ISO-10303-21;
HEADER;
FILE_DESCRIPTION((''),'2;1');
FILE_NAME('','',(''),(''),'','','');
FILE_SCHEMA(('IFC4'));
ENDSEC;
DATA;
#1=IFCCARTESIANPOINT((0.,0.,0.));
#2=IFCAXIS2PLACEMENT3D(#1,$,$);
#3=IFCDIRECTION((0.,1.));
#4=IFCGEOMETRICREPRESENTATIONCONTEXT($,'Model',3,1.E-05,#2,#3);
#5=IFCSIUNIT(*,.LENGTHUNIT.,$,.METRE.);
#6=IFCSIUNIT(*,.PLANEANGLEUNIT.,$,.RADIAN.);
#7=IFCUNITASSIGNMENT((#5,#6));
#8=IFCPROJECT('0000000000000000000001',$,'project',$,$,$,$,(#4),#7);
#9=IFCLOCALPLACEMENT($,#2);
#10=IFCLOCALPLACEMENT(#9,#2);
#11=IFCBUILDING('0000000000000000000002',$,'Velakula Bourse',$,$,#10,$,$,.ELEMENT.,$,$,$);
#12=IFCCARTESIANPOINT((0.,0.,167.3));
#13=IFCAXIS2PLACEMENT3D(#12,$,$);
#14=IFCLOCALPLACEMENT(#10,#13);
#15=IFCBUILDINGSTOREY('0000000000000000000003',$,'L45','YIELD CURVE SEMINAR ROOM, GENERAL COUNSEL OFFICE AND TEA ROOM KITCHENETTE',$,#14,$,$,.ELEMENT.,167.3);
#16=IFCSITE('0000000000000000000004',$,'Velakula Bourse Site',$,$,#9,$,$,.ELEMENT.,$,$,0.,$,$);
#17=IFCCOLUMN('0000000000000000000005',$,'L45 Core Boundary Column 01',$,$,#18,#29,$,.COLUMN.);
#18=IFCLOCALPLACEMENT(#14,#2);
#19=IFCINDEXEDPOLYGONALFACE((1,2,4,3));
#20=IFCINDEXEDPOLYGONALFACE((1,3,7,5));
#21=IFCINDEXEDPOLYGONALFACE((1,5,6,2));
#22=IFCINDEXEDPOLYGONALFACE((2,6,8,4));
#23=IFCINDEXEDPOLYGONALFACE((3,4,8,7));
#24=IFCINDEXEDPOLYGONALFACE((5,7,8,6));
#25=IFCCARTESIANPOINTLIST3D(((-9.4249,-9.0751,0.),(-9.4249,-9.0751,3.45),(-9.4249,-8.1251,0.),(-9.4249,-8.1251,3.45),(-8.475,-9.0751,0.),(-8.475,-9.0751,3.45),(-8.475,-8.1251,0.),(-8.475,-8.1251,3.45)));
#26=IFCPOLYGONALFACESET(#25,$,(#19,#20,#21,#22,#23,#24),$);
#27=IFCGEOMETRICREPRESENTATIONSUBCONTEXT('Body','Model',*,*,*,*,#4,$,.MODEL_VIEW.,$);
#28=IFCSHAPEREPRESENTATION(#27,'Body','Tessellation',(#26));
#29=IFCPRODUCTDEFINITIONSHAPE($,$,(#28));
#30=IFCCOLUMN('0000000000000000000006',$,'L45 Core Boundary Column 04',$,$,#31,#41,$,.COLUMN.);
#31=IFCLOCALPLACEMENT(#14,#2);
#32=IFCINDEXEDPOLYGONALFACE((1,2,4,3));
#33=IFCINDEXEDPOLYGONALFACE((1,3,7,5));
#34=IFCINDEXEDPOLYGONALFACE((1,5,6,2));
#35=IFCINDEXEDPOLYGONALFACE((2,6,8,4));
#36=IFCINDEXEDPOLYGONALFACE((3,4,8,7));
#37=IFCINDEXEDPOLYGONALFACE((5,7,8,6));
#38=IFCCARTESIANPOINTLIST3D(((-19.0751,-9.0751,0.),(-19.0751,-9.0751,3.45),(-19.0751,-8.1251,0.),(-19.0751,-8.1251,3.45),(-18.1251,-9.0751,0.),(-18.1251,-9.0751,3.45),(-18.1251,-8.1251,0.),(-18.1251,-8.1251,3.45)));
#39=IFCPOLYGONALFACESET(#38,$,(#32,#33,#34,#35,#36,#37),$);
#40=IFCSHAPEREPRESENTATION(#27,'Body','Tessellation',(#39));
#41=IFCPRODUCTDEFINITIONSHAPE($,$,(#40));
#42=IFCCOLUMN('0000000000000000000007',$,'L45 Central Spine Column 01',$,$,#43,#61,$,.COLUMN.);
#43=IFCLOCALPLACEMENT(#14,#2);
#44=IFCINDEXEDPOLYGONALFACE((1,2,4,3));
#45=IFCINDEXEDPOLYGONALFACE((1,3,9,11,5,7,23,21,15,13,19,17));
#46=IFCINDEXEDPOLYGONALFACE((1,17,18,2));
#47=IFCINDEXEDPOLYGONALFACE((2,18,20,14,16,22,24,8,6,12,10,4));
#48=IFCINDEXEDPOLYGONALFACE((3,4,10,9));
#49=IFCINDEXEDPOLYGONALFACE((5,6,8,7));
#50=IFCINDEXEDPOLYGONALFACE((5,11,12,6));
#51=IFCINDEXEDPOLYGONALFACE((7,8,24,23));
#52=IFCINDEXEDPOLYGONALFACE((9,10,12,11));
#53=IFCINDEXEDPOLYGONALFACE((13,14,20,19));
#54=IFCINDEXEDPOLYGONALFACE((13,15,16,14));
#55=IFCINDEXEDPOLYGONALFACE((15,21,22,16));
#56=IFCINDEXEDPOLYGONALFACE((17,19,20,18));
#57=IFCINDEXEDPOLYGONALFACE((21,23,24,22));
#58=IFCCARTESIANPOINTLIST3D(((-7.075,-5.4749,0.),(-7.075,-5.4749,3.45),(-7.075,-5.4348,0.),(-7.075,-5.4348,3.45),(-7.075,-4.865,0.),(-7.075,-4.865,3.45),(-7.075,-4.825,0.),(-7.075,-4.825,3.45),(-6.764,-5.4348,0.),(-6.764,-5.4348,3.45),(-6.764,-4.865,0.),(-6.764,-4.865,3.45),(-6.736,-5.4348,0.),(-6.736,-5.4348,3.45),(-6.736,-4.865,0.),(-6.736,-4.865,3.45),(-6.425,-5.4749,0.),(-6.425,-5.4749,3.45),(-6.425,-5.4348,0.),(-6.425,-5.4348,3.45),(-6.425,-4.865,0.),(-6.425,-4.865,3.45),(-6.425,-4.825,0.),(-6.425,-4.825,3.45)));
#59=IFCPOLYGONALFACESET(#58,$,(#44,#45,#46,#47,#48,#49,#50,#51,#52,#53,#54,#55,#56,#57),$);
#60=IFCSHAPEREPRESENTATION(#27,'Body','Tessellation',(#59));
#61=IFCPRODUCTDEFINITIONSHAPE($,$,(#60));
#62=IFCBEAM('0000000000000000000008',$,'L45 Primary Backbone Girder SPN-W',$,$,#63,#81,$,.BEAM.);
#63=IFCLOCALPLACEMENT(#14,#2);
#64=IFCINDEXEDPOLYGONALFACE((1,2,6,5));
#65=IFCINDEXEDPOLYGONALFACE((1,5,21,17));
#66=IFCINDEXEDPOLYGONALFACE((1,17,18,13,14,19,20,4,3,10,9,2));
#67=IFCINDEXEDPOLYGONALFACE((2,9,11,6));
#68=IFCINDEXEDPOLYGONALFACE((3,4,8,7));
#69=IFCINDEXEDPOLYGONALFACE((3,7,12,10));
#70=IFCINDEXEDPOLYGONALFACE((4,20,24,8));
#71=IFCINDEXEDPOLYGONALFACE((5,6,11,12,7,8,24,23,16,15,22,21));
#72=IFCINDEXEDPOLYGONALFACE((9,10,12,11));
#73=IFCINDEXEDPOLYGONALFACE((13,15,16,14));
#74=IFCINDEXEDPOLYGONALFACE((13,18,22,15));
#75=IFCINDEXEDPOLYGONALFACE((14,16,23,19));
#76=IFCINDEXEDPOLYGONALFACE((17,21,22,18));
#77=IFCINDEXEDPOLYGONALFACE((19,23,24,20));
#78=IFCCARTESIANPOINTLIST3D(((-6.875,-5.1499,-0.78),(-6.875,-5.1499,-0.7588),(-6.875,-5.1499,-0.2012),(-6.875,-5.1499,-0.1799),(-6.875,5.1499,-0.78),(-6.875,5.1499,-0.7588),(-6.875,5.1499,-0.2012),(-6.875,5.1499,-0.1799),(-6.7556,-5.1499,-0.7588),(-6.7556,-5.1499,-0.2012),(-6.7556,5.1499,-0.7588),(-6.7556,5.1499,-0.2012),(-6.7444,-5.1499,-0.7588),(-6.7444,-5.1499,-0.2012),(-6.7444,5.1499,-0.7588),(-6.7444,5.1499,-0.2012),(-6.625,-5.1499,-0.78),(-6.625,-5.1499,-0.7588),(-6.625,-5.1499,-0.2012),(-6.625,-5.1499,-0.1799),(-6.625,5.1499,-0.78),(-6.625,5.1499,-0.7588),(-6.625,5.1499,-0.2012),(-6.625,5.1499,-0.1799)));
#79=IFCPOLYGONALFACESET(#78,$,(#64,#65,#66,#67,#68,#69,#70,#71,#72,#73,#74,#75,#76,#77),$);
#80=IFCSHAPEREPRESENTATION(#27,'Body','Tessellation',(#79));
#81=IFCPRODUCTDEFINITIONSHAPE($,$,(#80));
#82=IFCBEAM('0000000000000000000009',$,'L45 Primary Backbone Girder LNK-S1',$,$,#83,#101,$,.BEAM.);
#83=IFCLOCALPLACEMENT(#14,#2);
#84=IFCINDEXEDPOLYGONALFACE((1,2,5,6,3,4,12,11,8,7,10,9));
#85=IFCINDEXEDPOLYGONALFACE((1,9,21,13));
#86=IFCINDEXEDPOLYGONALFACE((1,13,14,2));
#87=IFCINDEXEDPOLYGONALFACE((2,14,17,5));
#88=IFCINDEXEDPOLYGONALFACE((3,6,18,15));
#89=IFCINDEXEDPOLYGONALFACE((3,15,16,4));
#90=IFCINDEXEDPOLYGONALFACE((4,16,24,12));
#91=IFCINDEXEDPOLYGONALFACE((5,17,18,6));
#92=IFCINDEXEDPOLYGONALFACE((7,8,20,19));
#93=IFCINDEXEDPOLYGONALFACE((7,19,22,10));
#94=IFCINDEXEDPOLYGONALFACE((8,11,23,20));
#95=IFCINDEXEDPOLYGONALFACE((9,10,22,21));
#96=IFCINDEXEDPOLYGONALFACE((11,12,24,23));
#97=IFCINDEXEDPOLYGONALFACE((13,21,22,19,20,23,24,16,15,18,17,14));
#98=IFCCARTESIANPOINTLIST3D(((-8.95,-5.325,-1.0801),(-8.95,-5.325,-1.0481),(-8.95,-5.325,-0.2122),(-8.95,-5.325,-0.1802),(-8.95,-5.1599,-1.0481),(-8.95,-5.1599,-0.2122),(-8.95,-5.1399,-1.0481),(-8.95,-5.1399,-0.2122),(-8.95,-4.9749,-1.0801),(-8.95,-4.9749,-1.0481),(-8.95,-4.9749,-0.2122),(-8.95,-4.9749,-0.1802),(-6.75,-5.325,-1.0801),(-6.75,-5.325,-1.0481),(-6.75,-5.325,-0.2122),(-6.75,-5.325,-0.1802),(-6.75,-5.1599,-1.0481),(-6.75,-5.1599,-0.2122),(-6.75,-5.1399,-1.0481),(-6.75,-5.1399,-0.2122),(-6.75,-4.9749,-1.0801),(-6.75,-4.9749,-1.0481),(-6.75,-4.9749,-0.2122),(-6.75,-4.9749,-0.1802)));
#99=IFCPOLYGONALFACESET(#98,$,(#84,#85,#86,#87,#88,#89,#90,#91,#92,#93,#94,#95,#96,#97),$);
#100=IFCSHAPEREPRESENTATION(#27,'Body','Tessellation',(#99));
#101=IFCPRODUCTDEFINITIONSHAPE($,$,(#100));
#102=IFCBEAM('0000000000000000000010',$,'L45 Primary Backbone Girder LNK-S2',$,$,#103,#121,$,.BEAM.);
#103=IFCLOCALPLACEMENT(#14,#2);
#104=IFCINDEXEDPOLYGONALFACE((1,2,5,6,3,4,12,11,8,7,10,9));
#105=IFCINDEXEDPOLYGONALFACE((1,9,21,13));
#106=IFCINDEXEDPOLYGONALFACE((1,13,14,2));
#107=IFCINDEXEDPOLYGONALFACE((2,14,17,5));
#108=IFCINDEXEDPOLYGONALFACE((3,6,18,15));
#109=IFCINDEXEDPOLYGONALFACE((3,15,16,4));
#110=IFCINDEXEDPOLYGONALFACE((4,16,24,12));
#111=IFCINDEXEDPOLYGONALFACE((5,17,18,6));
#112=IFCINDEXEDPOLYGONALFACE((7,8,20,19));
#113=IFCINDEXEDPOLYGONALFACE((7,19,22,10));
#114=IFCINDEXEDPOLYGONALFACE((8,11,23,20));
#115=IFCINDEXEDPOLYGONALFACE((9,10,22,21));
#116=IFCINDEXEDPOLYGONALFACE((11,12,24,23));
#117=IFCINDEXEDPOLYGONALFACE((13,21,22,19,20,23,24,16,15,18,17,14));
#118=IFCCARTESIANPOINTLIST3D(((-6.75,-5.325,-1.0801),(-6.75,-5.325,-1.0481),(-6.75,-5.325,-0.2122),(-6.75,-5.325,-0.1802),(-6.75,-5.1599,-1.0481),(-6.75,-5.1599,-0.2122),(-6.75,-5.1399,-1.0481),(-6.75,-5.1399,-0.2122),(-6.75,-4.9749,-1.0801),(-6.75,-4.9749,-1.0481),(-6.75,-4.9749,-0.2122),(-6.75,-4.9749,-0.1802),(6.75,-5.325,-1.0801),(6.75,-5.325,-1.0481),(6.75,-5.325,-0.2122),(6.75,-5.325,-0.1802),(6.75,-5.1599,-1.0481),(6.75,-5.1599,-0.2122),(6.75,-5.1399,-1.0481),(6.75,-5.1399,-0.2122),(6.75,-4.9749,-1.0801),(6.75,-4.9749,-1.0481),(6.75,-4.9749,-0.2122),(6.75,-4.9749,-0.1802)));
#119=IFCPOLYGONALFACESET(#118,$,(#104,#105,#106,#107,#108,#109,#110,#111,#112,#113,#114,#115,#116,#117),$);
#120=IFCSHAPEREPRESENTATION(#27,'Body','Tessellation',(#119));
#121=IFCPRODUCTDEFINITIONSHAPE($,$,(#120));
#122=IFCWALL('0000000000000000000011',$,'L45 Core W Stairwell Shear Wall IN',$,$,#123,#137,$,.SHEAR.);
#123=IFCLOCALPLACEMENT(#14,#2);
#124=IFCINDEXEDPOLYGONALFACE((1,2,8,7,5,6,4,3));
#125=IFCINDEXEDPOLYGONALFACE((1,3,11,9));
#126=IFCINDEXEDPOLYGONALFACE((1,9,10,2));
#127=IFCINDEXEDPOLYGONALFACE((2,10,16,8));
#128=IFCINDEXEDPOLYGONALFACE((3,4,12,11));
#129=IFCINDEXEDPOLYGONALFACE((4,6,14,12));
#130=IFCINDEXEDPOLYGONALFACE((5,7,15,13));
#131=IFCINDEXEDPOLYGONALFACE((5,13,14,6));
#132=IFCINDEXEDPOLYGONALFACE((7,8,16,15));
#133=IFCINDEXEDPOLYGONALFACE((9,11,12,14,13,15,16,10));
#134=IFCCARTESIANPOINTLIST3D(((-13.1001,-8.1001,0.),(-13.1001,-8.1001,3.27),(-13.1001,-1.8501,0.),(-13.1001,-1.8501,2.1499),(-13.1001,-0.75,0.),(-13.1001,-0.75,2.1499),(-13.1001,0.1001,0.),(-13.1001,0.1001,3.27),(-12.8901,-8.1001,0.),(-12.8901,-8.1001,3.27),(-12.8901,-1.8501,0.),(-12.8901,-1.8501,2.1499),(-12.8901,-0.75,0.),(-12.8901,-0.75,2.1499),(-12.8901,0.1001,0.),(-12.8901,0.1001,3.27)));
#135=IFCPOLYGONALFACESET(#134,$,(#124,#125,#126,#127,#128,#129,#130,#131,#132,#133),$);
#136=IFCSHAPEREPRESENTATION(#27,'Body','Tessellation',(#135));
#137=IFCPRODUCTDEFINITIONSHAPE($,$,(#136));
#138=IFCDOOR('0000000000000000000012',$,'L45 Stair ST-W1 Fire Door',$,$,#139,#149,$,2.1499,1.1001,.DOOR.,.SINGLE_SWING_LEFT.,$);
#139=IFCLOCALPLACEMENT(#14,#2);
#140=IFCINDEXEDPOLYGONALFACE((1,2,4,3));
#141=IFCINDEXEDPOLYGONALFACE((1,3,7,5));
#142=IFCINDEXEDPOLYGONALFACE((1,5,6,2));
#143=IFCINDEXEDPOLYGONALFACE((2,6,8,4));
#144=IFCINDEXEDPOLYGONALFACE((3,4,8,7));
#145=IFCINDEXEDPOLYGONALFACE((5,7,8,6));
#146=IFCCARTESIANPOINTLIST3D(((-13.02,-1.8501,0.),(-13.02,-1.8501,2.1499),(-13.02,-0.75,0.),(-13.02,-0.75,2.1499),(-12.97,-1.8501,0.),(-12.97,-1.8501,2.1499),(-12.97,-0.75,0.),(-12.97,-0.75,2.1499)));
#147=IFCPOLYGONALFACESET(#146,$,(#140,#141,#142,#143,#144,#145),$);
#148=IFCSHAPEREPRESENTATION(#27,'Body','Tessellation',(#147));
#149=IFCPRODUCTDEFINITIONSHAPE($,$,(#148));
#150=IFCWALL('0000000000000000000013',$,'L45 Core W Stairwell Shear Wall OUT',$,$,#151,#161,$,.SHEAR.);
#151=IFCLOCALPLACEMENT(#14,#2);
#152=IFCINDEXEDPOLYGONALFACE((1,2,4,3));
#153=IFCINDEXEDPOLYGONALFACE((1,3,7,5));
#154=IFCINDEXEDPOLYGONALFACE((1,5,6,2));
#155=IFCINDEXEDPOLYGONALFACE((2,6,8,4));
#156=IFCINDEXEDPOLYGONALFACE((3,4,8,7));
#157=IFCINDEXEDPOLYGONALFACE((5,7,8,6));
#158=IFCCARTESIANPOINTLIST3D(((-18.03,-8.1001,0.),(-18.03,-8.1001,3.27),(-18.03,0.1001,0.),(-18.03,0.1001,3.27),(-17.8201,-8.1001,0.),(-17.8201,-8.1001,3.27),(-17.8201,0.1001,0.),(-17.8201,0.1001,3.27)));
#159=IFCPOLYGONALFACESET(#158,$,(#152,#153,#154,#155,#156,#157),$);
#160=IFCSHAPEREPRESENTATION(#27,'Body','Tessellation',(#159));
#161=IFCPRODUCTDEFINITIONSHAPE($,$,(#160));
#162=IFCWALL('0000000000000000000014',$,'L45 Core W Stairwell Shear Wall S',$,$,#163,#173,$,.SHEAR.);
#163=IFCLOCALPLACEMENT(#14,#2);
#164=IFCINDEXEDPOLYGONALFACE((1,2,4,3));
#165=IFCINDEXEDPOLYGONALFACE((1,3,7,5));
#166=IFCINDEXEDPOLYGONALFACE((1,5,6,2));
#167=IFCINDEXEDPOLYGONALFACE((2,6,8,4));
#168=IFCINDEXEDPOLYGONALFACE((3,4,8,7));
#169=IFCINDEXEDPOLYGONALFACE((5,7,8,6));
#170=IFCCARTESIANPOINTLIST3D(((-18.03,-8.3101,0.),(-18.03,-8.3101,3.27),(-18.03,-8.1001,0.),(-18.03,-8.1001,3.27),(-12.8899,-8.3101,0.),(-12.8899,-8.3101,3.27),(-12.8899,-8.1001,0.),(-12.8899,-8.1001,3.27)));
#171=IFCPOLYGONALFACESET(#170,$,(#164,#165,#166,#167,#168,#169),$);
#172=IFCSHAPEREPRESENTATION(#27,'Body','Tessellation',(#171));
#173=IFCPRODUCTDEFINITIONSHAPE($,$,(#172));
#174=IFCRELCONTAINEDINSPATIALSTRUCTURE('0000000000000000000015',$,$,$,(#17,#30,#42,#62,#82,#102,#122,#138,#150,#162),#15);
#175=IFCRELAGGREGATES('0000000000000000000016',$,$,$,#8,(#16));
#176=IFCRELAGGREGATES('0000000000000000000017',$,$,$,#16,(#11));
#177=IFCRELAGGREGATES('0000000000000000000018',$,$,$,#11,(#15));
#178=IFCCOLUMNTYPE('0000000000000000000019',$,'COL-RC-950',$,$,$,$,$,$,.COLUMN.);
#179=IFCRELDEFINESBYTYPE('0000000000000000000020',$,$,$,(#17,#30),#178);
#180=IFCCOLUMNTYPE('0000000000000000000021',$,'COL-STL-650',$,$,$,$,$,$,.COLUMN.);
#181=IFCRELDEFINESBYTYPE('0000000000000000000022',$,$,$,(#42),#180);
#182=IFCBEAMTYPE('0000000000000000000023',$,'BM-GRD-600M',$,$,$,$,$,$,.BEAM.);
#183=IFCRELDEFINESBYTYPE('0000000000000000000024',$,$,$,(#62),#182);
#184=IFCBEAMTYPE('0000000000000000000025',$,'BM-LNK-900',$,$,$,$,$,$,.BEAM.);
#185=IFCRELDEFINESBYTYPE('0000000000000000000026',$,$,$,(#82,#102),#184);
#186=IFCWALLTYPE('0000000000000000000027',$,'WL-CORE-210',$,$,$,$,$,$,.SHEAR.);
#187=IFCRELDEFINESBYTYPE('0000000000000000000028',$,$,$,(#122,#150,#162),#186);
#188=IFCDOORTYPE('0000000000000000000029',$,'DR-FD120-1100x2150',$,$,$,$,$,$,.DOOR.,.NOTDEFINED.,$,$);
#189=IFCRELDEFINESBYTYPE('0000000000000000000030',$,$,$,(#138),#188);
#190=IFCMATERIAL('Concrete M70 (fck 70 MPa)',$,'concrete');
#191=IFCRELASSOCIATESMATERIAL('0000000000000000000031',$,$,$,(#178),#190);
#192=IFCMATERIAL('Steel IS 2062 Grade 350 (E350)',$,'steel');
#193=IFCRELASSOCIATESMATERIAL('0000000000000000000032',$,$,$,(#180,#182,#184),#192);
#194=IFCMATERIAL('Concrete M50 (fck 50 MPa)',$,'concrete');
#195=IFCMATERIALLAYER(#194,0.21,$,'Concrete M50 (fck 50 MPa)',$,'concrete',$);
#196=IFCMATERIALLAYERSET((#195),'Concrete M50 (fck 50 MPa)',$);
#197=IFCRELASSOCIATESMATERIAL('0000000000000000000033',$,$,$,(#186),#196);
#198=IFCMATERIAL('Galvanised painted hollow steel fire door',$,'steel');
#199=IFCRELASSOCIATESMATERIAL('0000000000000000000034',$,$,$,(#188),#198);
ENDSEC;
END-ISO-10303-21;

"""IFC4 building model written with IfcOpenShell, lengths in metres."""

from ifc_helpers import new_model, si_unit, direction, frame, frame_2d, origin, origin_2d, place, context, subcontext, project, spatial, rectangle, i_section, extrude, material, layer, layer_set, material_profile, profile_set, type_object, element, fill, save


model = new_model("IFC4")

# Units and contexts
model_context = context("Model", 3, precision=1e-05, world=origin(), true_north=direction((0.0, 1.0)))
body_context = subcontext(model_context, "Body", "Model", "MODEL_VIEW")
ifc_project = project(units=[si_unit("LENGTHUNIT", "METRE"), si_unit("PLANEANGLEUNIT", "RADIAN")], contexts=[model_context])

# Site, building, storey
site_placement = place(None, origin())
site = spatial("IfcSite", under=ifc_project, at=site_placement, Name="Velakula Bourse Site", CompositionType="ELEMENT", RefElevation=0.0)
building_placement = place(site_placement, origin())
building = spatial("IfcBuilding", under=site, at=building_placement, Name="Velakula Bourse", CompositionType="ELEMENT")
storey_placement = place(building_placement, frame((0.0, 0.0, 167.3)))
storey = spatial("IfcBuildingStorey", under=building, at=storey_placement, Name="L45", Description="YIELD CURVE SEMINAR ROOM, GENERAL COUNSEL OFFICE AND TEA ROOM KITCHENETTE", CompositionType="ELEMENT", Elevation=167.3)

# Columns
ifc_material_1 = material(Name="Concrete M70 (fck 70 MPa)", Category="concrete")
ifc_material_profile_1 = material_profile(ifc_material_1, rectangle(XDim=0.95, YDim=0.95, at=origin_2d()), Name="Concrete M70 (fck 70 MPa)")
ifc_profile_set_1 = profile_set([ifc_material_profile_1], Name="Concrete M70 (fck 70 MPa)")
column_type_1 = type_object("IfcColumnType", Name="COL-RC-950", PredefinedType="COLUMN", material=ifc_profile_set_1)
for number, where, z_axis, x_axis, name in (
    (1, (-8.95, -8.6001, 0.0), (0.0, 0.0, 1.0), (1.0, 0.0, 0.0), "L45 Core Boundary Column 01"),
    (2, (-18.6001, -8.6001, 0.0), (0.0, 0.0, 1.0), (1.0, 0.0, 0.0), "L45 Core Boundary Column 04"),
):
    element("IfcColumn", number, at=place(storey_placement, frame(where, z_axis=z_axis, x_axis=x_axis)), inside=storey, type_object=column_type_1, Name=name, PredefinedType="COLUMN", context=body_context, shape_type="SweptSolid", body=[
        extrude(rectangle(XDim=0.95, YDim=0.95, at=origin_2d()), origin(), (0.0, 0.0, 1.0), 3.45),
    ])
ifc_material_2 = material(Name="Steel IS 2062 Grade 350 (E350)", Category="steel")
ifc_material_profile_2 = material_profile(ifc_material_2, i_section(OverallWidth=0.6499, OverallDepth=0.6499, WebThickness=0.0281, FlangeThickness=0.04, at=origin_2d()), Name="Steel IS 2062 Grade 350 (E350)")
ifc_profile_set_2 = profile_set([ifc_material_profile_2], Name="Steel IS 2062 Grade 350 (E350)")
column_type_2 = type_object("IfcColumnType", Name="COL-STL-650", PredefinedType="COLUMN", material=ifc_profile_set_2)
column_placement = place(storey_placement, frame((-6.75, -5.1499, 0.0), z_axis=(0.0, 0.0, 1.0), x_axis=(1.0, 0.0, 0.0)))
element("IfcColumn", 3, at=column_placement, inside=storey, type_object=column_type_2, Name="L45 Central Spine Column 01", PredefinedType="COLUMN", context=body_context, shape_type="SweptSolid", body=[
    extrude(i_section(OverallWidth=0.6499, OverallDepth=0.6499, WebThickness=0.0281, FlangeThickness=0.04, at=origin_2d()), origin(), (0.0, 0.0, 1.0), 3.45),
])

# Beams
ifc_material_profile_3 = material_profile(ifc_material_2, i_section(OverallWidth=0.25, OverallDepth=0.6001, WebThickness=0.0112, FlangeThickness=0.0212, at=origin_2d()), Name="Steel IS 2062 Grade 350 (E350)")
ifc_profile_set_3 = profile_set([ifc_material_profile_3], Name="Steel IS 2062 Grade 350 (E350)")
beam_type_1 = type_object("IfcBeamType", Name="BM-GRD-600M", PredefinedType="BEAM", material=ifc_profile_set_3)
beam_1_placement = place(storey_placement, frame((-6.75, -5.1499, -0.48), z_axis=(0.0, 1.0, 0.0), x_axis=(-1.0, 0.0, 0.0)))
element("IfcBeam", 4, at=beam_1_placement, inside=storey, type_object=beam_type_1, Name="L45 Primary Backbone Girder SPN-W", PredefinedType="BEAM", context=body_context, shape_type="SweptSolid", body=[
    extrude(i_section(OverallWidth=0.25, OverallDepth=0.6001, WebThickness=0.0112, FlangeThickness=0.0212, at=origin_2d()), origin(), (0.0, 0.0, 1.0), 10.2998),
])
ifc_material_profile_4 = material_profile(ifc_material_2, i_section(OverallWidth=0.3501, OverallDepth=0.8999, WebThickness=0.02, FlangeThickness=0.032, at=origin_2d()), Name="Steel IS 2062 Grade 350 (E350)")
ifc_profile_set_4 = profile_set([ifc_material_profile_4], Name="Steel IS 2062 Grade 350 (E350)")
beam_type_2 = type_object("IfcBeamType", Name="BM-LNK-900", PredefinedType="BEAM", material=ifc_profile_set_4)
beam_2_placement = place(storey_placement, frame((-8.95, -5.1499, -0.6301), z_axis=(1.0, 0.0, 0.0), x_axis=(0.0, 1.0, 0.0)))
element("IfcBeam", 5, at=beam_2_placement, inside=storey, type_object=beam_type_2, Name="L45 Primary Backbone Girder LNK-S1", PredefinedType="BEAM", context=body_context, shape_type="SweptSolid", body=[
    extrude(i_section(OverallWidth=0.3501, OverallDepth=0.8999, WebThickness=0.02, FlangeThickness=0.032, at=origin_2d()), origin(), (0.0, 0.0, 1.0), 2.2),
])
beam_3_placement = place(storey_placement, frame((-6.75, -5.1499, -0.6301), z_axis=(1.0, 0.0, 0.0), x_axis=(0.0, 1.0, 0.0)))
element("IfcBeam", 6, at=beam_3_placement, inside=storey, type_object=beam_type_2, Name="L45 Primary Backbone Girder LNK-S2", PredefinedType="BEAM", context=body_context, shape_type="SweptSolid", body=[
    extrude(i_section(OverallWidth=0.3501, OverallDepth=0.8999, WebThickness=0.02, FlangeThickness=0.032, at=origin_2d()), origin(), (0.0, 0.0, 1.0), 13.5),
])

# Wall, opening, door
ifc_material_3 = material(Name="Concrete M50 (fck 50 MPa)", Category="concrete")
ifc_layer_1 = layer(ifc_material_3, 0.21, Name="Concrete M50 (fck 50 MPa)", Category="concrete")
ifc_layer_set_1 = layer_set([ifc_layer_1], Name="Concrete M50 (fck 50 MPa)")
wall_type_1 = type_object("IfcWallType", Name="WL-CORE-210", PredefinedType="SHEAR", material=ifc_layer_set_1)
wall_1_placement = place(storey_placement, frame((-12.9951, -8.1001, 0.0), z_axis=(0.0, 0.0, 1.0), x_axis=(0.0, 1.0, 0.0)))
wall_1 = element("IfcWall", 7, at=wall_1_placement, inside=storey, type_object=wall_type_1, Name="L45 Core W Stairwell Shear Wall IN", PredefinedType="SHEAR", context=body_context, shape_type="SweptSolid", body=[
    extrude(rectangle(XDim=8.2002, YDim=0.21, at=frame_2d((4.1001, 0.0))), origin(), (0.0, 0.0, 1.0), 3.27),
])
opening_1_placement = place(wall_1_placement, frame((6.25, 0.0, 0.0)))
opening_1 = element("IfcOpeningElement", 8, at=opening_1_placement, cuts=wall_1, PredefinedType="OPENING", context=body_context, shape_type="SweptSolid", body=[
    extrude(rectangle(XDim=1.1001, YDim=2.1499, at=frame_2d((0.55, 1.075))), frame((0.0, 0.115, 0.0), z_axis=(0.0, -1.0, 0.0), x_axis=(1.0, 0.0, 0.0)), (0.0, 0.0, 1.0), 0.23),
])
ifc_material_4 = material(Name="Galvanised painted hollow steel fire door", Category="steel")
door_type_1 = type_object("IfcDoorType", Name="DR-FD120-1100x2150", OperationType="NOTDEFINED", PredefinedType="DOOR", material=ifc_material_4)
door_1_placement = place(opening_1_placement, origin())
door_1 = element("IfcDoor", 9, at=door_1_placement, inside=storey, type_object=door_type_1, Name="L45 Stair ST-W1 Fire Door", OperationType="SINGLE_SWING_LEFT", OverallHeight=2.1499, OverallWidth=1.1001, PredefinedType="DOOR", context=body_context, shape_type="SweptSolid", body=[
    extrude(rectangle(XDim=1.1001, YDim=2.1499, at=frame_2d((0.55, 1.075))), frame((0.0, 0.0249, 0.0), z_axis=(0.0, -1.0, 0.0), x_axis=(1.0, 0.0, 0.0)), (0.0, 0.0, 1.0), 0.05),
])
fill(opening_1, door_1)

# Walls
wall_2_placement = place(storey_placement, frame((-17.925, -8.1001, 0.0), z_axis=(0.0, 0.0, 1.0), x_axis=(0.0, 1.0, 0.0)))
element("IfcWall", 10, at=wall_2_placement, inside=storey, type_object=wall_type_1, Name="L45 Core W Stairwell Shear Wall OUT", PredefinedType="SHEAR", context=body_context, shape_type="SweptSolid", body=[
    extrude(rectangle(XDim=8.2002, YDim=0.21, at=frame_2d((4.1001, 0.0))), origin(), (0.0, 0.0, 1.0), 3.27),
])
wall_3_placement = place(storey_placement, frame((-18.03, -8.2051, 0.0), z_axis=(0.0, 0.0, 1.0), x_axis=(1.0, 0.0, 0.0)))
element("IfcWall", 11, at=wall_3_placement, inside=storey, type_object=wall_type_1, Name="L45 Core W Stairwell Shear Wall S", PredefinedType="SHEAR", context=body_context, shape_type="SweptSolid", body=[
    extrude(rectangle(XDim=5.1401, YDim=0.21, at=frame_2d((2.5701, 0.0))), origin(), (0.0, 0.0, 1.0), 3.27),
])

save(model, "model.ifc")
